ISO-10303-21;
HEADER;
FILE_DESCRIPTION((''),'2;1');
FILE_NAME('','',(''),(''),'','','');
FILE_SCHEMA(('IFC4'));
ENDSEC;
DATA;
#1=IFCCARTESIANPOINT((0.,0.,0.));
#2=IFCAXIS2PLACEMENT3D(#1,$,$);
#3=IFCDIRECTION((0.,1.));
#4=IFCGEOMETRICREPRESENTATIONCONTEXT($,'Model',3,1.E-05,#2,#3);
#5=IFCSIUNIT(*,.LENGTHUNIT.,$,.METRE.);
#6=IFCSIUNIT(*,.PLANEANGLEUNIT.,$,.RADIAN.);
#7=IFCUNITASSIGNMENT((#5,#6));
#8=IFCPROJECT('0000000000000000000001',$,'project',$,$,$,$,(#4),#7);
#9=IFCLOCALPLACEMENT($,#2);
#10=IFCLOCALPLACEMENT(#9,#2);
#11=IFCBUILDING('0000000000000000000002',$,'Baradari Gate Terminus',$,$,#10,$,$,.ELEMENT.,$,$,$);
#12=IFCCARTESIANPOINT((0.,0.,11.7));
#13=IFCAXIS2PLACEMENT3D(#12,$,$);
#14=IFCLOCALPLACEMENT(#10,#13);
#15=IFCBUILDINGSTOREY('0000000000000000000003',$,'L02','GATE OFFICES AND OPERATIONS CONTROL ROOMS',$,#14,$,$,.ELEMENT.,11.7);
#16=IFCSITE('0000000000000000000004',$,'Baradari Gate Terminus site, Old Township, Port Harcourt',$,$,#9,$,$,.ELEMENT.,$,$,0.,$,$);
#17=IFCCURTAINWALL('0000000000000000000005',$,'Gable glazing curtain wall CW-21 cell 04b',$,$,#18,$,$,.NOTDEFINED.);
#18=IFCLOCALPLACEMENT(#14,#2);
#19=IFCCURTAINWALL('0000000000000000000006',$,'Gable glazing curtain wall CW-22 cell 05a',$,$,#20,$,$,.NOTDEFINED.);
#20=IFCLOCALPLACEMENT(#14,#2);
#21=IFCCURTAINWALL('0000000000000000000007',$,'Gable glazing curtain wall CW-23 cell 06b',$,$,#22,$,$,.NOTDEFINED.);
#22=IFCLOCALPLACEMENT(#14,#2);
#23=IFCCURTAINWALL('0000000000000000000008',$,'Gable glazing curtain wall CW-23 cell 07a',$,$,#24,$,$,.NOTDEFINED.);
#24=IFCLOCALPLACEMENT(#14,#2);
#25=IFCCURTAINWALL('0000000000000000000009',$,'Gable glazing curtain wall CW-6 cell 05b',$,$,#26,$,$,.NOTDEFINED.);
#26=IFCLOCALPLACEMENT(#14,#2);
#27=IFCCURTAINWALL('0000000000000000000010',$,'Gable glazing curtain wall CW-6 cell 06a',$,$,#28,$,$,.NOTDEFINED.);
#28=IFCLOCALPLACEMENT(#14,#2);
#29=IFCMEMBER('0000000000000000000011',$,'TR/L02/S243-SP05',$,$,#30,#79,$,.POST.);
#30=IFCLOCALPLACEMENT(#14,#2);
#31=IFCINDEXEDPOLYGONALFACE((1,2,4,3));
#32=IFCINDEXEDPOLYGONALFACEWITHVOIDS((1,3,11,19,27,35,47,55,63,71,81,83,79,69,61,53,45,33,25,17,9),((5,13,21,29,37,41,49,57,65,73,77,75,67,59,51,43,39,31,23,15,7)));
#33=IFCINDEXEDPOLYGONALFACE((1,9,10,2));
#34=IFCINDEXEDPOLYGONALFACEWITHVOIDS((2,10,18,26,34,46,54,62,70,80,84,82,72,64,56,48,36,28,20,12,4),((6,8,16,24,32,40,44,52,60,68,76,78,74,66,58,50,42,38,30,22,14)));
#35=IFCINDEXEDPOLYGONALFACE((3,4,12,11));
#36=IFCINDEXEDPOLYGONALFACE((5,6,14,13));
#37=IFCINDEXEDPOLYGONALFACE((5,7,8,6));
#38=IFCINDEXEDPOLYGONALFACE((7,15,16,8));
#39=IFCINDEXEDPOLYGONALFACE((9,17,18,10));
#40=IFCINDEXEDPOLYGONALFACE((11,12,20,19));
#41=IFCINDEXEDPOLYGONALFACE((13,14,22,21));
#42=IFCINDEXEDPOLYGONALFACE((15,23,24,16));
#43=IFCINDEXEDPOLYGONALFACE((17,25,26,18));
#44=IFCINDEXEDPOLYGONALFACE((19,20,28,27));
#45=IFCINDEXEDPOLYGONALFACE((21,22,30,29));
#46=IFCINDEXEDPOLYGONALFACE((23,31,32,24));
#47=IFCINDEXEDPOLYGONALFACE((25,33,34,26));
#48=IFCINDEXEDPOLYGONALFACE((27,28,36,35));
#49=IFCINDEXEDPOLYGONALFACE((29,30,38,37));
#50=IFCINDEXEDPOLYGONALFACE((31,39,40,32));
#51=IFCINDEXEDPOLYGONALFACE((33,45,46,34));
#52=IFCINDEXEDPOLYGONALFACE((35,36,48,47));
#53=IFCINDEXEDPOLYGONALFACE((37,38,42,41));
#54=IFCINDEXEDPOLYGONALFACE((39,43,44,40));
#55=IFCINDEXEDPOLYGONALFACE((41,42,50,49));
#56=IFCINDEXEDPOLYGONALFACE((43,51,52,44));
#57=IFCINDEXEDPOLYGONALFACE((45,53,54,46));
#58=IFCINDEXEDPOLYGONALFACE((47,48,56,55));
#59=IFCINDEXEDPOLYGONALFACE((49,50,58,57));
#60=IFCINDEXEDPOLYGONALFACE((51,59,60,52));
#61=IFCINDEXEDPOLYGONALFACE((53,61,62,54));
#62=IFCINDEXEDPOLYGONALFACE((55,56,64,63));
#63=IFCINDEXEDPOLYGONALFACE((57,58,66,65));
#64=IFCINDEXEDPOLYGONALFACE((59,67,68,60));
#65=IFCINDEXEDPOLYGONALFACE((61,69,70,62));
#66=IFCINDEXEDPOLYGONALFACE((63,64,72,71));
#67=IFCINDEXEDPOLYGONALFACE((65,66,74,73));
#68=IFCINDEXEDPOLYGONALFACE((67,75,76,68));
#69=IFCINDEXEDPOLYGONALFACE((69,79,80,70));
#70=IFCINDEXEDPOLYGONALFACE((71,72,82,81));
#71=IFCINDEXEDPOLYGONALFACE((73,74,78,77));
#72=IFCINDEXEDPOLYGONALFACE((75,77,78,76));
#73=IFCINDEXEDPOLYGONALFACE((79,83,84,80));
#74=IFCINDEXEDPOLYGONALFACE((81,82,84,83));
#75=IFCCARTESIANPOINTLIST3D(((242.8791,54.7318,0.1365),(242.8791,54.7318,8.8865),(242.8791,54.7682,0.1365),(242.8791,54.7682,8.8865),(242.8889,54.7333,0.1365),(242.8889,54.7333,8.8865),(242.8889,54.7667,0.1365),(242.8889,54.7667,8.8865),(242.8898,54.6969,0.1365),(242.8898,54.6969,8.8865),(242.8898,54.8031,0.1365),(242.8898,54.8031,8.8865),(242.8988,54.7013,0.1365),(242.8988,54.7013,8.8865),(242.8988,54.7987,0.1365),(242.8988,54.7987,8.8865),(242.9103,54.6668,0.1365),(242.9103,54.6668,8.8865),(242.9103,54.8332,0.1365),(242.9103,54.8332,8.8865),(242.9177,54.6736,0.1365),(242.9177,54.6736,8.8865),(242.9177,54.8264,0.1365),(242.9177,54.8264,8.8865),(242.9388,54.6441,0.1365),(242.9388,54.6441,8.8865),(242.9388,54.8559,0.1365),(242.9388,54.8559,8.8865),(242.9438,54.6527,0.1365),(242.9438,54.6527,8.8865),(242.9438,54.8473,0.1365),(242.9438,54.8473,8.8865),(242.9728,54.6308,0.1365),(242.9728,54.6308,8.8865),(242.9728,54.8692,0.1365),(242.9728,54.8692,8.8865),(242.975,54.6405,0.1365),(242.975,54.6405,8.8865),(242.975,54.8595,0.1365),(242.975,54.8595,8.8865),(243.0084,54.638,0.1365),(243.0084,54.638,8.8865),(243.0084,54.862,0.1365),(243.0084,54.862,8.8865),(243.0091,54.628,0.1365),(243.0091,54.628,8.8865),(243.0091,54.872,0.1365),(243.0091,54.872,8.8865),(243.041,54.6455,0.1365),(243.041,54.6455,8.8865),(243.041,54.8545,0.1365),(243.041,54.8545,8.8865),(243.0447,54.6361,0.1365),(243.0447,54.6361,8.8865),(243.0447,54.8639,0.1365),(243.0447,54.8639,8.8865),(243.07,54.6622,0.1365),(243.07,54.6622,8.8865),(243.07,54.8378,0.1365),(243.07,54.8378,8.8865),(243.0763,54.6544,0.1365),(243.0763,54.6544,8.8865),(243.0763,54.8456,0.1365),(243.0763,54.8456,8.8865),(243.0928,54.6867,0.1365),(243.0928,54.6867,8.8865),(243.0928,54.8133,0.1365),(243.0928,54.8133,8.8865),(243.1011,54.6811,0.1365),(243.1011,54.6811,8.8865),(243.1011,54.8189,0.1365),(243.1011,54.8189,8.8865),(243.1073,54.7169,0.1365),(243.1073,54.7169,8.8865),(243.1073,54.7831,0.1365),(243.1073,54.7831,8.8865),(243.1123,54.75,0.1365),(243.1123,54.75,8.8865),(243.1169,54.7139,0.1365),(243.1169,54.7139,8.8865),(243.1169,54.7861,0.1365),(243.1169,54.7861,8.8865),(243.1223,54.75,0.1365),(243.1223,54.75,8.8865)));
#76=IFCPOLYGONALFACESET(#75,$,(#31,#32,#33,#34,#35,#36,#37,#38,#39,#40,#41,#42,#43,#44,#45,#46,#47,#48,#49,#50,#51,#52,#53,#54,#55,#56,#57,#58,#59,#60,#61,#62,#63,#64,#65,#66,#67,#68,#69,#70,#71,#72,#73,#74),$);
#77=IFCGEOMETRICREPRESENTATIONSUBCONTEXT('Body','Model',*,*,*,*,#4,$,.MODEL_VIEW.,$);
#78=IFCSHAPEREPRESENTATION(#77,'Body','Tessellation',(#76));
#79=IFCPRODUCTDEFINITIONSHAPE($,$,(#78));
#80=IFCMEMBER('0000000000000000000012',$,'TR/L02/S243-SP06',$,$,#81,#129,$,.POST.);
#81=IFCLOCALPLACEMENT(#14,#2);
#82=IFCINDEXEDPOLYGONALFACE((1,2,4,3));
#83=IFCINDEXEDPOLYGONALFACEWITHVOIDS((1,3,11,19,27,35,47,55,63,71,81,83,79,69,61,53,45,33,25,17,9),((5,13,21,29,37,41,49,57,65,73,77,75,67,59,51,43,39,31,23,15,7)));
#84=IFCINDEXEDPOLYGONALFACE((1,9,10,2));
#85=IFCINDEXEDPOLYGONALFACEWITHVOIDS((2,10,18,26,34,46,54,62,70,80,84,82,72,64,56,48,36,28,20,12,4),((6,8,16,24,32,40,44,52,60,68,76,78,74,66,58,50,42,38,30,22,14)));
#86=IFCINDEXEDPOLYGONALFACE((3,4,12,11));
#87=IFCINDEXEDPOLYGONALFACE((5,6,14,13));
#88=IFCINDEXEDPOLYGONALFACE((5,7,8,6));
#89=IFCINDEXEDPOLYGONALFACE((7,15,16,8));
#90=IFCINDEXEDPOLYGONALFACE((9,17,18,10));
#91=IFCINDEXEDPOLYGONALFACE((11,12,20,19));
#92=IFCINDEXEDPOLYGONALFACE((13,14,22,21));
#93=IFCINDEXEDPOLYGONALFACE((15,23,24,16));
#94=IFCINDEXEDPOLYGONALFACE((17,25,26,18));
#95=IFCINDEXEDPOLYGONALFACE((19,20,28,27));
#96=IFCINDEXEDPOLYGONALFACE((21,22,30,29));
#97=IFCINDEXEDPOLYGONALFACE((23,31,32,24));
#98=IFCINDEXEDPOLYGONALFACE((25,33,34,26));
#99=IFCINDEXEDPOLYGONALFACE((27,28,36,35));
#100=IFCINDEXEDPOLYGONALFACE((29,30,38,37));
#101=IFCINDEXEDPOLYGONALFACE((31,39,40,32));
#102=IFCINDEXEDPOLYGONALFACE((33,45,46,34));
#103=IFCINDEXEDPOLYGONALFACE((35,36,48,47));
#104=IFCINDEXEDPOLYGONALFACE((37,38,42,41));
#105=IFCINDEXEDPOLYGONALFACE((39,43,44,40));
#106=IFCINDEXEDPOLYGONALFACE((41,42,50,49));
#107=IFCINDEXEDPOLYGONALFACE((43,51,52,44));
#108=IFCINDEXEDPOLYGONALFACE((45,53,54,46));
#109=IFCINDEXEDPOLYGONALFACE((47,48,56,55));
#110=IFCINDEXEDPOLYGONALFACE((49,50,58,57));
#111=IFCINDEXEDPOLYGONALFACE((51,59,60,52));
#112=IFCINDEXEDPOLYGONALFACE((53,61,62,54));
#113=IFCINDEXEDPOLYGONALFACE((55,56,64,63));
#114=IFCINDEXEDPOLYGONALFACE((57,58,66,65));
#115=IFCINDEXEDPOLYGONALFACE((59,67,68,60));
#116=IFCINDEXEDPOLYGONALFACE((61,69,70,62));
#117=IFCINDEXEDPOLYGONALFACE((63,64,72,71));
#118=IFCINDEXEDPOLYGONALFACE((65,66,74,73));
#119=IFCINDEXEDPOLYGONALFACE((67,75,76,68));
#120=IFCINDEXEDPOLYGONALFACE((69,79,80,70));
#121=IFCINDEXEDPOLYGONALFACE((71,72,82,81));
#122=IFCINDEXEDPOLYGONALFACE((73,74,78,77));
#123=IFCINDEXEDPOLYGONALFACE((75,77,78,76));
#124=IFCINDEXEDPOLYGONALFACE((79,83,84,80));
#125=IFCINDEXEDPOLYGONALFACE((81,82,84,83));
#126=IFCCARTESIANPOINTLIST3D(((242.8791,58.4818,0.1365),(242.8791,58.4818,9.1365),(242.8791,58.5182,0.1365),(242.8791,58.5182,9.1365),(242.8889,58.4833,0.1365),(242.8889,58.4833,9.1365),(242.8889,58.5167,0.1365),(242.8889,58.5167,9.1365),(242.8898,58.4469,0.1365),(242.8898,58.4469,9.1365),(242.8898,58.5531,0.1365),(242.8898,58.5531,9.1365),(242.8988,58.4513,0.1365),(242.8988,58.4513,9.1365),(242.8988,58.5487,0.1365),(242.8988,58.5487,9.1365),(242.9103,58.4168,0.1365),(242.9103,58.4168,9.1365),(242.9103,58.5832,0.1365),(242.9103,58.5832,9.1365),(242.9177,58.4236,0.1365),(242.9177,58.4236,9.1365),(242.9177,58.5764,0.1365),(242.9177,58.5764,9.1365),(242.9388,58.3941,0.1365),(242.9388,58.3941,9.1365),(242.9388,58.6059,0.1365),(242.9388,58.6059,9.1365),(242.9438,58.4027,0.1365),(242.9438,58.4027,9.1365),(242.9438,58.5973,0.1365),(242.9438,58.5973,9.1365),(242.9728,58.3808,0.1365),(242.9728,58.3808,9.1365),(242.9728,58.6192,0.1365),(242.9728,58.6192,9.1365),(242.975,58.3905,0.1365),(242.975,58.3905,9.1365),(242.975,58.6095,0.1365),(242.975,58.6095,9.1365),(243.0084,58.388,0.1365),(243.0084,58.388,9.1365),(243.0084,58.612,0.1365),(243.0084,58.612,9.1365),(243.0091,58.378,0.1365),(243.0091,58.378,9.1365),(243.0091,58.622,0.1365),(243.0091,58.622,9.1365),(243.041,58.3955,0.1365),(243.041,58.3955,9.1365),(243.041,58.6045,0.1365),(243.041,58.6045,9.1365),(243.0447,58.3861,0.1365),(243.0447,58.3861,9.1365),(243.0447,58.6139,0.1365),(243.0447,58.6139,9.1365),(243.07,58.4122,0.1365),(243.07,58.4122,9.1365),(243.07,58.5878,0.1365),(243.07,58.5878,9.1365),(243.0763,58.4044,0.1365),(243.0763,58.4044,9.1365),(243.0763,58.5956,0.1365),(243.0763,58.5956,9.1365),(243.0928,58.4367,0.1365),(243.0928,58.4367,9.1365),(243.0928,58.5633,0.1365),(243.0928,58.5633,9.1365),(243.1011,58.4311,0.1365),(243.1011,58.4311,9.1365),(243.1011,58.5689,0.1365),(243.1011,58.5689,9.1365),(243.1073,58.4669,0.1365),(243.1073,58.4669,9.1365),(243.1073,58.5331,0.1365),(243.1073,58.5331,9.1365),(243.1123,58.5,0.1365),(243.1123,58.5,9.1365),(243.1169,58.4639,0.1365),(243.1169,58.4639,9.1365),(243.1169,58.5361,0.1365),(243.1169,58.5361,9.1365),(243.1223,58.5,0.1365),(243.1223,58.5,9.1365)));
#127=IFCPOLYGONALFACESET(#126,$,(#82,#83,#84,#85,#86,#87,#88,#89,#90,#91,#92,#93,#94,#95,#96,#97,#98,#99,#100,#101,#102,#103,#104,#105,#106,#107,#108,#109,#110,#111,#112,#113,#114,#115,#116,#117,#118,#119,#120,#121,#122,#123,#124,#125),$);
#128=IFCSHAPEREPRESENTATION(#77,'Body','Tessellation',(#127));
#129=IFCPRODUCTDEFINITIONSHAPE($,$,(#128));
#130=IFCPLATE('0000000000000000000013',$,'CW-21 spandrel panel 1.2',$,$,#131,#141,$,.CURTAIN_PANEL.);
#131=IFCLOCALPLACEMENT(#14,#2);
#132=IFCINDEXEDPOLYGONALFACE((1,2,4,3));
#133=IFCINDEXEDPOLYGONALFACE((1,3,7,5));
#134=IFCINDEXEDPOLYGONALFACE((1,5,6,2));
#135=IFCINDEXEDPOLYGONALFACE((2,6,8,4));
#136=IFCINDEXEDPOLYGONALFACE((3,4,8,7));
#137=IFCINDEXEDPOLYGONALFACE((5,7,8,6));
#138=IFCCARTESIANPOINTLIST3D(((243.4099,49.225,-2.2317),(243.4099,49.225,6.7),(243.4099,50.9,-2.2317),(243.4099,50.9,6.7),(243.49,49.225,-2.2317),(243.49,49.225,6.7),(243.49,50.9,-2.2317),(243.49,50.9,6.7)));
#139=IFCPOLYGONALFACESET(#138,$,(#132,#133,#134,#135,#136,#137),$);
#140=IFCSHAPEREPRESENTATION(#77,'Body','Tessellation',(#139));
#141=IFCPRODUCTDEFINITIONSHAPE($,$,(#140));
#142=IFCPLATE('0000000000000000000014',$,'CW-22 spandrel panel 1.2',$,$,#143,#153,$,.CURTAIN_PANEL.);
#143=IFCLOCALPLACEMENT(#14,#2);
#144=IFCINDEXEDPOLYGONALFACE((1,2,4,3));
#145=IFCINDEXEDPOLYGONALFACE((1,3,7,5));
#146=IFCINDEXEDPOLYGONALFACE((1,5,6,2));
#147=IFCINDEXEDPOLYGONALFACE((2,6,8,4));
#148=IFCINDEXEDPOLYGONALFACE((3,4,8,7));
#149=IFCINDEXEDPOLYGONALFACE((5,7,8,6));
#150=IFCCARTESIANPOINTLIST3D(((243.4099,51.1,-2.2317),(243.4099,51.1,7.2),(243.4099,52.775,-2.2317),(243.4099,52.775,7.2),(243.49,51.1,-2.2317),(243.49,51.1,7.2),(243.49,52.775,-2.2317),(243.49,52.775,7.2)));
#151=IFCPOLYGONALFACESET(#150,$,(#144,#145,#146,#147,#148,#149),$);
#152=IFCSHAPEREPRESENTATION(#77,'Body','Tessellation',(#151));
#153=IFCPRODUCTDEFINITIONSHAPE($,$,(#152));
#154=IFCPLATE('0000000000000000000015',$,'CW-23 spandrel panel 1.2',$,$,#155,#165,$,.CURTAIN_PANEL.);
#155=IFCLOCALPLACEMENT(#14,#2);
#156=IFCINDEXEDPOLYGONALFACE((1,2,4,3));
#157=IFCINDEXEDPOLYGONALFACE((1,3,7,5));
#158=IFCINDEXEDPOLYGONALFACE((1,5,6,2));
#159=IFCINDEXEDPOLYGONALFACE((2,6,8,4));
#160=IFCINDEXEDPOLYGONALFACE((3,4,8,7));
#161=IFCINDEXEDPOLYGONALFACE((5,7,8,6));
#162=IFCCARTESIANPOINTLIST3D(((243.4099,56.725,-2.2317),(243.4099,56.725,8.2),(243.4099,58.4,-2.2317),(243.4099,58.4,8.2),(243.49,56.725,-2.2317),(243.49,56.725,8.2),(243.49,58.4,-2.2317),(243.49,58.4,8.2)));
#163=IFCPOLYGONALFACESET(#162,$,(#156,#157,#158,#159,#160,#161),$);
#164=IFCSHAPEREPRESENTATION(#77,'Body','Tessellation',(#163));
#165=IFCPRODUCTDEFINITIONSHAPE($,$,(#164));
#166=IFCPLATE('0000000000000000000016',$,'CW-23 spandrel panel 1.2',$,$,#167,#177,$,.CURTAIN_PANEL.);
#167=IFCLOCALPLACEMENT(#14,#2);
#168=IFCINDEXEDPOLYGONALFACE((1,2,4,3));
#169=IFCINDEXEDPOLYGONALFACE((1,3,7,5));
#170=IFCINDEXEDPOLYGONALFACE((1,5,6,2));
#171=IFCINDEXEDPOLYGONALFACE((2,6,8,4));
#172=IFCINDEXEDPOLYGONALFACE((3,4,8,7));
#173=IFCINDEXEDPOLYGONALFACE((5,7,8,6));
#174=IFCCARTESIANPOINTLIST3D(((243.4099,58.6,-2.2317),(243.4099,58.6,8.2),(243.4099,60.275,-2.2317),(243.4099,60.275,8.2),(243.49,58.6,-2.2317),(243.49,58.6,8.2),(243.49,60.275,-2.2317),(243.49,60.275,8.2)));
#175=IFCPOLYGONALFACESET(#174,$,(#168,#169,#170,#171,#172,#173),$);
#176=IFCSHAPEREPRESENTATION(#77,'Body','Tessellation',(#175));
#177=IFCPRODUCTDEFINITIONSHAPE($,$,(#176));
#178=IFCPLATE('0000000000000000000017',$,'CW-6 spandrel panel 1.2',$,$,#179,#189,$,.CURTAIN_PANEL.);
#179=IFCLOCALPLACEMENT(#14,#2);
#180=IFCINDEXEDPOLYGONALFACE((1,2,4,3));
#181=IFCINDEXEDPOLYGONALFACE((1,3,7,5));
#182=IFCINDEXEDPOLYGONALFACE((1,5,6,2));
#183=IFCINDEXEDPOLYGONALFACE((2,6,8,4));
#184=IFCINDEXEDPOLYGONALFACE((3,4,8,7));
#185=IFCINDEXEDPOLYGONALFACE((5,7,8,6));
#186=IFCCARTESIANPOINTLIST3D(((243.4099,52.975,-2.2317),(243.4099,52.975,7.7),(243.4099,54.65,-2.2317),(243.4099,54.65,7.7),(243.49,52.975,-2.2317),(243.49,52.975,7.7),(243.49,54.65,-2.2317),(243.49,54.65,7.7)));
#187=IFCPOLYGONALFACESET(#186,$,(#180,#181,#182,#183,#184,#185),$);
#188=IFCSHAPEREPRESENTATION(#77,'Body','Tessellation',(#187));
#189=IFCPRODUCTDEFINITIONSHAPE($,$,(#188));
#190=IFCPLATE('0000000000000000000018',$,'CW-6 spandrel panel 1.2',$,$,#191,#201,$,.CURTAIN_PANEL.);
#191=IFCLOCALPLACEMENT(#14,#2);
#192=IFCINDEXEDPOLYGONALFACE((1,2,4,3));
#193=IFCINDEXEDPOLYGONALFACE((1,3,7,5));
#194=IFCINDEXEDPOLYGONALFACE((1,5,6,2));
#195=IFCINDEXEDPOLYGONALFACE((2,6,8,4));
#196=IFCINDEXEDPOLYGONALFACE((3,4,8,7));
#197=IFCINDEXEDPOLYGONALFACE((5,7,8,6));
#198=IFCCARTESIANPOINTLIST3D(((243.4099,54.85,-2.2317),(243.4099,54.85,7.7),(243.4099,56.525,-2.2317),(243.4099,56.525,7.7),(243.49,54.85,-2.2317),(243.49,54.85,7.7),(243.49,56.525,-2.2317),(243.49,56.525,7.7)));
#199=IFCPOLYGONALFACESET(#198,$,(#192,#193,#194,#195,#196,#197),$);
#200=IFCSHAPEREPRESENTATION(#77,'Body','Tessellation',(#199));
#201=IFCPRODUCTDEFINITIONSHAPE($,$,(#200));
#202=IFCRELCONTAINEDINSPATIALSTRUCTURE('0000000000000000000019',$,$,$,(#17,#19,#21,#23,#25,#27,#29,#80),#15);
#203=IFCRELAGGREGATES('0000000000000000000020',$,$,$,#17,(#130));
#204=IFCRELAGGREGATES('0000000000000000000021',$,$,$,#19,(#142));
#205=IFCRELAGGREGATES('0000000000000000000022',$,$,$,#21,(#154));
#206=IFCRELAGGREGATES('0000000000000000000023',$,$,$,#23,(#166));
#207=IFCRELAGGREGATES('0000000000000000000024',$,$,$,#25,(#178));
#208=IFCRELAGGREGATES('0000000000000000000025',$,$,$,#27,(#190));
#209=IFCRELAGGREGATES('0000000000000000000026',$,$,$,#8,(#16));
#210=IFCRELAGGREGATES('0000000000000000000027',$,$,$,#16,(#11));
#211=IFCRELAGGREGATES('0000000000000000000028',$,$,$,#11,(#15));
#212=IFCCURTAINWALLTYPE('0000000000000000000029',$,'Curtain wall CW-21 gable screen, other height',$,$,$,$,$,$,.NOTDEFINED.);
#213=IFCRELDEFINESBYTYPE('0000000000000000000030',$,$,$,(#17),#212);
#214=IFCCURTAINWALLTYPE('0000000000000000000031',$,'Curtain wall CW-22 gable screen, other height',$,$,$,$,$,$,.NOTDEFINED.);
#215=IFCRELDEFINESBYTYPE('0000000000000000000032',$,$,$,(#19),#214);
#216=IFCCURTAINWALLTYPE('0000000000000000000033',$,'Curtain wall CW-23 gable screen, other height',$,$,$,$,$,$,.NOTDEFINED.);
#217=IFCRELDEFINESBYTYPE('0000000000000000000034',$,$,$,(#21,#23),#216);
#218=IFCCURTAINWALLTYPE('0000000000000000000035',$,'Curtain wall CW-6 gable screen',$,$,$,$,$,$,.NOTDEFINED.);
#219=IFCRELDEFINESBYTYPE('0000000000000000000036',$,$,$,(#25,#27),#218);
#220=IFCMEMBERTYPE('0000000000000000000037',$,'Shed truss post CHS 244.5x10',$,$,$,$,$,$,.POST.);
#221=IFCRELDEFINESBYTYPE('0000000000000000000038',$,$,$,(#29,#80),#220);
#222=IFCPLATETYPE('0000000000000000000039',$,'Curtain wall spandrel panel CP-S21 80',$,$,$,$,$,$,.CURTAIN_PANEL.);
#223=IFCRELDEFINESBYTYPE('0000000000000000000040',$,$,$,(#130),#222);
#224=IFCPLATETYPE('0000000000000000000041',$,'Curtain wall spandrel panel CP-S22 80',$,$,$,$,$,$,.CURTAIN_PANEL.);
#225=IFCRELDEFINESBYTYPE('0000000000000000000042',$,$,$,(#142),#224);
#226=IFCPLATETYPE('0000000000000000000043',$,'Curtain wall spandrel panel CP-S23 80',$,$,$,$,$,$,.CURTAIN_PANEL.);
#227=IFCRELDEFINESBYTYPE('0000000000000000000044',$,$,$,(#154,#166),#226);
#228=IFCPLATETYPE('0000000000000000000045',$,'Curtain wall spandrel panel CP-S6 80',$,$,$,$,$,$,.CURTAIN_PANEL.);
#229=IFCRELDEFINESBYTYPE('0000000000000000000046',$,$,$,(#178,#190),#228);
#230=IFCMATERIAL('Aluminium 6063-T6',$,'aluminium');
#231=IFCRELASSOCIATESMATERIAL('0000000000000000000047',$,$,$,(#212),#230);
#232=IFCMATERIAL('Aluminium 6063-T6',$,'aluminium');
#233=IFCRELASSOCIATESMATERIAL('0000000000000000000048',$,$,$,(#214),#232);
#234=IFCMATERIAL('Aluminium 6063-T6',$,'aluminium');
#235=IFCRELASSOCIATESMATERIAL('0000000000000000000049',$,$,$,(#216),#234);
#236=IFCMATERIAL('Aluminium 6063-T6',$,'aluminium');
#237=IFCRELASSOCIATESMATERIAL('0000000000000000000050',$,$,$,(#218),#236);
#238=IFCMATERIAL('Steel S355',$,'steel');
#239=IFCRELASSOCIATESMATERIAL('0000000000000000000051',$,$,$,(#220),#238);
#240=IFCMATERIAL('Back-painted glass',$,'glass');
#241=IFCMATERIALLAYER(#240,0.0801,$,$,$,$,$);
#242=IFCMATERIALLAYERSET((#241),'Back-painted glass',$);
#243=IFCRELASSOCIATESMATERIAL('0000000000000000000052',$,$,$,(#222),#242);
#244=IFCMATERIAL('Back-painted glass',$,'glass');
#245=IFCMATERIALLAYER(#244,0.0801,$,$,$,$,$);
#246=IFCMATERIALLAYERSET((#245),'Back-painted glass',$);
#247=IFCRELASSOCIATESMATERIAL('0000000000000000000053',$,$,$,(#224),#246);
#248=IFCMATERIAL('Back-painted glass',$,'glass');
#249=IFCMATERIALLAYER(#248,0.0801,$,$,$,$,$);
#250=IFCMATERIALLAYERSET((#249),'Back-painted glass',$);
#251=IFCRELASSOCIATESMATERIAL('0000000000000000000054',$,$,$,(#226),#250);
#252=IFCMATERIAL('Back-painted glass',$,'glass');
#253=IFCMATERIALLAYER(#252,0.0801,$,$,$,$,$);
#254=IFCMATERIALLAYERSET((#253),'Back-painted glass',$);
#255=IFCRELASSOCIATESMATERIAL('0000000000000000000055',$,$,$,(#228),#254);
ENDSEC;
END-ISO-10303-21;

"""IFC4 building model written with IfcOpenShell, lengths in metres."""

from ifc_helpers import new_model, si_unit, direction, frame, origin, origin_2d, place, context, subcontext, project, spatial, rectangle, hollow_circle, extrude, material, layer, layer_set, material_profile, profile_set, type_object, element, aggregate, save


model = new_model("IFC4")

# Units and contexts
model_context = context("Model", 3, precision=1e-05, world=origin(), true_north=direction((0.0, 1.0)))
body_context = subcontext(model_context, "Body", "Model", "MODEL_VIEW")
ifc_project = project(units=[si_unit("LENGTHUNIT", "METRE"), si_unit("PLANEANGLEUNIT", "RADIAN")], contexts=[model_context])

# Site, building, storey
site_placement = place(None, origin())
site = spatial("IfcSite", under=ifc_project, at=site_placement, Name="Baradari Gate Terminus site, Old Township, Port Harcourt", CompositionType="ELEMENT", RefElevation=0.0)
building_placement = place(site_placement, origin())
building = spatial("IfcBuilding", under=site, at=building_placement, Name="Baradari Gate Terminus", CompositionType="ELEMENT")
storey_placement = place(building_placement, frame((0.0, 0.0, 11.7)))
storey = spatial("IfcBuildingStorey", under=building, at=storey_placement, Name="L02", Description="GATE OFFICES AND OPERATIONS CONTROL ROOMS", CompositionType="ELEMENT", Elevation=11.7)

# Curtain walls
ifc_material_1 = material(Name="Aluminium 6063-T6", Category="aluminium")
curtain_wall_type_1 = type_object("IfcCurtainWallType", Name="Curtain wall CW-21 gable screen, other height", PredefinedType="NOTDEFINED", material=ifc_material_1)
curtain_wall_1_placement = place(storey_placement, origin())
curtain_wall_1 = element("IfcCurtainWall", 1, at=curtain_wall_1_placement, inside=storey, type_object=curtain_wall_type_1, Name="Gable glazing curtain wall CW-21 cell 04b", PredefinedType="NOTDEFINED")
ifc_material_2 = material(Name="Aluminium 6063-T6", Category="aluminium")
curtain_wall_type_2 = type_object("IfcCurtainWallType", Name="Curtain wall CW-22 gable screen, other height", PredefinedType="NOTDEFINED", material=ifc_material_2)
curtain_wall_2_placement = place(storey_placement, origin())
curtain_wall_2 = element("IfcCurtainWall", 2, at=curtain_wall_2_placement, inside=storey, type_object=curtain_wall_type_2, Name="Gable glazing curtain wall CW-22 cell 05a", PredefinedType="NOTDEFINED")
ifc_material_3 = material(Name="Aluminium 6063-T6", Category="aluminium")
curtain_wall_type_3 = type_object("IfcCurtainWallType", Name="Curtain wall CW-23 gable screen, other height", PredefinedType="NOTDEFINED", material=ifc_material_3)
curtain_wall_3_placement = place(storey_placement, origin())
curtain_wall_3 = element("IfcCurtainWall", 3, at=curtain_wall_3_placement, inside=storey, type_object=curtain_wall_type_3, Name="Gable glazing curtain wall CW-23 cell 06b", PredefinedType="NOTDEFINED")
curtain_wall_4_placement = place(storey_placement, origin())
curtain_wall_4 = element("IfcCurtainWall", 4, at=curtain_wall_4_placement, inside=storey, type_object=curtain_wall_type_3, Name="Gable glazing curtain wall CW-23 cell 07a", PredefinedType="NOTDEFINED")
ifc_material_4 = material(Name="Aluminium 6063-T6", Category="aluminium")
curtain_wall_type_4 = type_object("IfcCurtainWallType", Name="Curtain wall CW-6 gable screen", PredefinedType="NOTDEFINED", material=ifc_material_4)
curtain_wall_5_placement = place(storey_placement, origin())
curtain_wall_5 = element("IfcCurtainWall", 5, at=curtain_wall_5_placement, inside=storey, type_object=curtain_wall_type_4, Name="Gable glazing curtain wall CW-6 cell 05b", PredefinedType="NOTDEFINED")
curtain_wall_6_placement = place(storey_placement, origin())
curtain_wall_6 = element("IfcCurtainWall", 6, at=curtain_wall_6_placement, inside=storey, type_object=curtain_wall_type_4, Name="Gable glazing curtain wall CW-6 cell 06a", PredefinedType="NOTDEFINED")

# Members
ifc_material_5 = material(Name="Steel S355", Category="steel")
ifc_material_profile_1 = material_profile(ifc_material_5, hollow_circle(Radius=0.1223, WallThickness=0.01, at=origin_2d()), Name="CHS 244.5x10")
ifc_profile_set_1 = profile_set([ifc_material_profile_1], Name="Steel S355")
member_type_1 = type_object("IfcMemberType", Name="Shed truss post CHS 244.5x10", PredefinedType="POST", material=ifc_profile_set_1)
member_1_placement = place(storey_placement, frame((243.0, 54.75, 0.1365), z_axis=(0.0, 0.0, 1.0), x_axis=(1.0, 0.0, 0.0)))
element("IfcMember", 7, at=member_1_placement, inside=storey, type_object=member_type_1, Name="TR/L02/S243-SP05", PredefinedType="POST", context=body_context, shape_type="SweptSolid", body=[
    extrude(hollow_circle(Radius=0.1223, WallThickness=0.01, at=origin_2d()), origin(), (0.0, 0.0, 1.0), 8.75),
])
member_2_placement = place(storey_placement, frame((243.0, 58.5, 0.1365), z_axis=(0.0, 0.0, 1.0), x_axis=(1.0, 0.0, 0.0)))
element("IfcMember", 8, at=member_2_placement, inside=storey, type_object=member_type_1, Name="TR/L02/S243-SP06", PredefinedType="POST", context=body_context, shape_type="SweptSolid", body=[
    extrude(hollow_circle(Radius=0.1223, WallThickness=0.01, at=origin_2d()), origin(), (0.0, 0.0, 1.0), 9.0),
])

# Plates
ifc_material_6 = material(Name="Back-painted glass", Category="glass")
ifc_layer_1 = layer(ifc_material_6, 0.0801)
ifc_layer_set_1 = layer_set([ifc_layer_1], Name="Back-painted glass")
plate_type_1 = type_object("IfcPlateType", Name="Curtain wall spandrel panel CP-S21 80", PredefinedType="CURTAIN_PANEL", material=ifc_layer_set_1)
plate_1_placement = place(storey_placement, frame((243.45, 50.0625, -2.2317), z_axis=(0.0, 0.0, 1.0), x_axis=(0.0, 1.0, 0.0)))
plate_1 = element("IfcPlate", 9, at=plate_1_placement, type_object=plate_type_1, Name="CW-21 spandrel panel 1.2", PredefinedType="CURTAIN_PANEL", context=body_context, shape_type="SweptSolid", body=[
    extrude(rectangle(XDim=1.675, YDim=0.0801, at=origin_2d()), origin(), (0.0, 0.0, 1.0), 8.9316),
])
aggregate(curtain_wall_1, [plate_1])
ifc_material_7 = material(Name="Back-painted glass", Category="glass")
ifc_layer_2 = layer(ifc_material_7, 0.0801)
ifc_layer_set_2 = layer_set([ifc_layer_2], Name="Back-painted glass")
plate_type_2 = type_object("IfcPlateType", Name="Curtain wall spandrel panel CP-S22 80", PredefinedType="CURTAIN_PANEL", material=ifc_layer_set_2)
plate_2_placement = place(storey_placement, frame((243.45, 51.9375, -2.2317), z_axis=(0.0, 0.0, 1.0), x_axis=(0.0, 1.0, 0.0)))
plate_2 = element("IfcPlate", 10, at=plate_2_placement, type_object=plate_type_2, Name="CW-22 spandrel panel 1.2", PredefinedType="CURTAIN_PANEL", context=body_context, shape_type="SweptSolid", body=[
    extrude(rectangle(XDim=1.675, YDim=0.0801, at=origin_2d()), origin(), (0.0, 0.0, 1.0), 9.4316),
])
aggregate(curtain_wall_2, [plate_2])
ifc_material_8 = material(Name="Back-painted glass", Category="glass")
ifc_layer_3 = layer(ifc_material_8, 0.0801)
ifc_layer_set_3 = layer_set([ifc_layer_3], Name="Back-painted glass")
plate_type_3 = type_object("IfcPlateType", Name="Curtain wall spandrel panel CP-S23 80", PredefinedType="CURTAIN_PANEL", material=ifc_layer_set_3)
plate_3_placement = place(storey_placement, frame((243.45, 57.5625, -2.2317), z_axis=(0.0, 0.0, 1.0), x_axis=(0.0, 1.0, 0.0)))
plate_3 = element("IfcPlate", 11, at=plate_3_placement, type_object=plate_type_3, Name="CW-23 spandrel panel 1.2", PredefinedType="CURTAIN_PANEL", context=body_context, shape_type="SweptSolid", body=[
    extrude(rectangle(XDim=1.675, YDim=0.0801, at=origin_2d()), origin(), (0.0, 0.0, 1.0), 10.4316),
])
aggregate(curtain_wall_3, [plate_3])
plate_4_placement = place(storey_placement, frame((243.45, 59.4375, -2.2317), z_axis=(0.0, 0.0, 1.0), x_axis=(0.0, 1.0, 0.0)))
plate_4 = element("IfcPlate", 12, at=plate_4_placement, type_object=plate_type_3, Name="CW-23 spandrel panel 1.2", PredefinedType="CURTAIN_PANEL", context=body_context, shape_type="SweptSolid", body=[
    extrude(rectangle(XDim=1.675, YDim=0.0801, at=origin_2d()), origin(), (0.0, 0.0, 1.0), 10.4316),
])
aggregate(curtain_wall_4, [plate_4])
ifc_material_9 = material(Name="Back-painted glass", Category="glass")
ifc_layer_4 = layer(ifc_material_9, 0.0801)
ifc_layer_set_4 = layer_set([ifc_layer_4], Name="Back-painted glass")
plate_type_4 = type_object("IfcPlateType", Name="Curtain wall spandrel panel CP-S6 80", PredefinedType="CURTAIN_PANEL", material=ifc_layer_set_4)
plate_5_placement = place(storey_placement, frame((243.45, 53.8125, -2.2317), z_axis=(0.0, 0.0, 1.0), x_axis=(0.0, 1.0, 0.0)))
plate_5 = element("IfcPlate", 13, at=plate_5_placement, type_object=plate_type_4, Name="CW-6 spandrel panel 1.2", PredefinedType="CURTAIN_PANEL", context=body_context, shape_type="SweptSolid", body=[
    extrude(rectangle(XDim=1.675, YDim=0.0801, at=origin_2d()), origin(), (0.0, 0.0, 1.0), 9.9316),
])
aggregate(curtain_wall_5, [plate_5])
plate_6_placement = place(storey_placement, frame((243.45, 55.6875, -2.2317), z_axis=(0.0, 0.0, 1.0), x_axis=(0.0, 1.0, 0.0)))
plate_6 = element("IfcPlate", 14, at=plate_6_placement, type_object=plate_type_4, Name="CW-6 spandrel panel 1.2", PredefinedType="CURTAIN_PANEL", context=body_context, shape_type="SweptSolid", body=[
    extrude(rectangle(XDim=1.675, YDim=0.0801, at=origin_2d()), origin(), (0.0, 0.0, 1.0), 9.9316),
])
aggregate(curtain_wall_6, [plate_6])

save(model, "model.ifc")
